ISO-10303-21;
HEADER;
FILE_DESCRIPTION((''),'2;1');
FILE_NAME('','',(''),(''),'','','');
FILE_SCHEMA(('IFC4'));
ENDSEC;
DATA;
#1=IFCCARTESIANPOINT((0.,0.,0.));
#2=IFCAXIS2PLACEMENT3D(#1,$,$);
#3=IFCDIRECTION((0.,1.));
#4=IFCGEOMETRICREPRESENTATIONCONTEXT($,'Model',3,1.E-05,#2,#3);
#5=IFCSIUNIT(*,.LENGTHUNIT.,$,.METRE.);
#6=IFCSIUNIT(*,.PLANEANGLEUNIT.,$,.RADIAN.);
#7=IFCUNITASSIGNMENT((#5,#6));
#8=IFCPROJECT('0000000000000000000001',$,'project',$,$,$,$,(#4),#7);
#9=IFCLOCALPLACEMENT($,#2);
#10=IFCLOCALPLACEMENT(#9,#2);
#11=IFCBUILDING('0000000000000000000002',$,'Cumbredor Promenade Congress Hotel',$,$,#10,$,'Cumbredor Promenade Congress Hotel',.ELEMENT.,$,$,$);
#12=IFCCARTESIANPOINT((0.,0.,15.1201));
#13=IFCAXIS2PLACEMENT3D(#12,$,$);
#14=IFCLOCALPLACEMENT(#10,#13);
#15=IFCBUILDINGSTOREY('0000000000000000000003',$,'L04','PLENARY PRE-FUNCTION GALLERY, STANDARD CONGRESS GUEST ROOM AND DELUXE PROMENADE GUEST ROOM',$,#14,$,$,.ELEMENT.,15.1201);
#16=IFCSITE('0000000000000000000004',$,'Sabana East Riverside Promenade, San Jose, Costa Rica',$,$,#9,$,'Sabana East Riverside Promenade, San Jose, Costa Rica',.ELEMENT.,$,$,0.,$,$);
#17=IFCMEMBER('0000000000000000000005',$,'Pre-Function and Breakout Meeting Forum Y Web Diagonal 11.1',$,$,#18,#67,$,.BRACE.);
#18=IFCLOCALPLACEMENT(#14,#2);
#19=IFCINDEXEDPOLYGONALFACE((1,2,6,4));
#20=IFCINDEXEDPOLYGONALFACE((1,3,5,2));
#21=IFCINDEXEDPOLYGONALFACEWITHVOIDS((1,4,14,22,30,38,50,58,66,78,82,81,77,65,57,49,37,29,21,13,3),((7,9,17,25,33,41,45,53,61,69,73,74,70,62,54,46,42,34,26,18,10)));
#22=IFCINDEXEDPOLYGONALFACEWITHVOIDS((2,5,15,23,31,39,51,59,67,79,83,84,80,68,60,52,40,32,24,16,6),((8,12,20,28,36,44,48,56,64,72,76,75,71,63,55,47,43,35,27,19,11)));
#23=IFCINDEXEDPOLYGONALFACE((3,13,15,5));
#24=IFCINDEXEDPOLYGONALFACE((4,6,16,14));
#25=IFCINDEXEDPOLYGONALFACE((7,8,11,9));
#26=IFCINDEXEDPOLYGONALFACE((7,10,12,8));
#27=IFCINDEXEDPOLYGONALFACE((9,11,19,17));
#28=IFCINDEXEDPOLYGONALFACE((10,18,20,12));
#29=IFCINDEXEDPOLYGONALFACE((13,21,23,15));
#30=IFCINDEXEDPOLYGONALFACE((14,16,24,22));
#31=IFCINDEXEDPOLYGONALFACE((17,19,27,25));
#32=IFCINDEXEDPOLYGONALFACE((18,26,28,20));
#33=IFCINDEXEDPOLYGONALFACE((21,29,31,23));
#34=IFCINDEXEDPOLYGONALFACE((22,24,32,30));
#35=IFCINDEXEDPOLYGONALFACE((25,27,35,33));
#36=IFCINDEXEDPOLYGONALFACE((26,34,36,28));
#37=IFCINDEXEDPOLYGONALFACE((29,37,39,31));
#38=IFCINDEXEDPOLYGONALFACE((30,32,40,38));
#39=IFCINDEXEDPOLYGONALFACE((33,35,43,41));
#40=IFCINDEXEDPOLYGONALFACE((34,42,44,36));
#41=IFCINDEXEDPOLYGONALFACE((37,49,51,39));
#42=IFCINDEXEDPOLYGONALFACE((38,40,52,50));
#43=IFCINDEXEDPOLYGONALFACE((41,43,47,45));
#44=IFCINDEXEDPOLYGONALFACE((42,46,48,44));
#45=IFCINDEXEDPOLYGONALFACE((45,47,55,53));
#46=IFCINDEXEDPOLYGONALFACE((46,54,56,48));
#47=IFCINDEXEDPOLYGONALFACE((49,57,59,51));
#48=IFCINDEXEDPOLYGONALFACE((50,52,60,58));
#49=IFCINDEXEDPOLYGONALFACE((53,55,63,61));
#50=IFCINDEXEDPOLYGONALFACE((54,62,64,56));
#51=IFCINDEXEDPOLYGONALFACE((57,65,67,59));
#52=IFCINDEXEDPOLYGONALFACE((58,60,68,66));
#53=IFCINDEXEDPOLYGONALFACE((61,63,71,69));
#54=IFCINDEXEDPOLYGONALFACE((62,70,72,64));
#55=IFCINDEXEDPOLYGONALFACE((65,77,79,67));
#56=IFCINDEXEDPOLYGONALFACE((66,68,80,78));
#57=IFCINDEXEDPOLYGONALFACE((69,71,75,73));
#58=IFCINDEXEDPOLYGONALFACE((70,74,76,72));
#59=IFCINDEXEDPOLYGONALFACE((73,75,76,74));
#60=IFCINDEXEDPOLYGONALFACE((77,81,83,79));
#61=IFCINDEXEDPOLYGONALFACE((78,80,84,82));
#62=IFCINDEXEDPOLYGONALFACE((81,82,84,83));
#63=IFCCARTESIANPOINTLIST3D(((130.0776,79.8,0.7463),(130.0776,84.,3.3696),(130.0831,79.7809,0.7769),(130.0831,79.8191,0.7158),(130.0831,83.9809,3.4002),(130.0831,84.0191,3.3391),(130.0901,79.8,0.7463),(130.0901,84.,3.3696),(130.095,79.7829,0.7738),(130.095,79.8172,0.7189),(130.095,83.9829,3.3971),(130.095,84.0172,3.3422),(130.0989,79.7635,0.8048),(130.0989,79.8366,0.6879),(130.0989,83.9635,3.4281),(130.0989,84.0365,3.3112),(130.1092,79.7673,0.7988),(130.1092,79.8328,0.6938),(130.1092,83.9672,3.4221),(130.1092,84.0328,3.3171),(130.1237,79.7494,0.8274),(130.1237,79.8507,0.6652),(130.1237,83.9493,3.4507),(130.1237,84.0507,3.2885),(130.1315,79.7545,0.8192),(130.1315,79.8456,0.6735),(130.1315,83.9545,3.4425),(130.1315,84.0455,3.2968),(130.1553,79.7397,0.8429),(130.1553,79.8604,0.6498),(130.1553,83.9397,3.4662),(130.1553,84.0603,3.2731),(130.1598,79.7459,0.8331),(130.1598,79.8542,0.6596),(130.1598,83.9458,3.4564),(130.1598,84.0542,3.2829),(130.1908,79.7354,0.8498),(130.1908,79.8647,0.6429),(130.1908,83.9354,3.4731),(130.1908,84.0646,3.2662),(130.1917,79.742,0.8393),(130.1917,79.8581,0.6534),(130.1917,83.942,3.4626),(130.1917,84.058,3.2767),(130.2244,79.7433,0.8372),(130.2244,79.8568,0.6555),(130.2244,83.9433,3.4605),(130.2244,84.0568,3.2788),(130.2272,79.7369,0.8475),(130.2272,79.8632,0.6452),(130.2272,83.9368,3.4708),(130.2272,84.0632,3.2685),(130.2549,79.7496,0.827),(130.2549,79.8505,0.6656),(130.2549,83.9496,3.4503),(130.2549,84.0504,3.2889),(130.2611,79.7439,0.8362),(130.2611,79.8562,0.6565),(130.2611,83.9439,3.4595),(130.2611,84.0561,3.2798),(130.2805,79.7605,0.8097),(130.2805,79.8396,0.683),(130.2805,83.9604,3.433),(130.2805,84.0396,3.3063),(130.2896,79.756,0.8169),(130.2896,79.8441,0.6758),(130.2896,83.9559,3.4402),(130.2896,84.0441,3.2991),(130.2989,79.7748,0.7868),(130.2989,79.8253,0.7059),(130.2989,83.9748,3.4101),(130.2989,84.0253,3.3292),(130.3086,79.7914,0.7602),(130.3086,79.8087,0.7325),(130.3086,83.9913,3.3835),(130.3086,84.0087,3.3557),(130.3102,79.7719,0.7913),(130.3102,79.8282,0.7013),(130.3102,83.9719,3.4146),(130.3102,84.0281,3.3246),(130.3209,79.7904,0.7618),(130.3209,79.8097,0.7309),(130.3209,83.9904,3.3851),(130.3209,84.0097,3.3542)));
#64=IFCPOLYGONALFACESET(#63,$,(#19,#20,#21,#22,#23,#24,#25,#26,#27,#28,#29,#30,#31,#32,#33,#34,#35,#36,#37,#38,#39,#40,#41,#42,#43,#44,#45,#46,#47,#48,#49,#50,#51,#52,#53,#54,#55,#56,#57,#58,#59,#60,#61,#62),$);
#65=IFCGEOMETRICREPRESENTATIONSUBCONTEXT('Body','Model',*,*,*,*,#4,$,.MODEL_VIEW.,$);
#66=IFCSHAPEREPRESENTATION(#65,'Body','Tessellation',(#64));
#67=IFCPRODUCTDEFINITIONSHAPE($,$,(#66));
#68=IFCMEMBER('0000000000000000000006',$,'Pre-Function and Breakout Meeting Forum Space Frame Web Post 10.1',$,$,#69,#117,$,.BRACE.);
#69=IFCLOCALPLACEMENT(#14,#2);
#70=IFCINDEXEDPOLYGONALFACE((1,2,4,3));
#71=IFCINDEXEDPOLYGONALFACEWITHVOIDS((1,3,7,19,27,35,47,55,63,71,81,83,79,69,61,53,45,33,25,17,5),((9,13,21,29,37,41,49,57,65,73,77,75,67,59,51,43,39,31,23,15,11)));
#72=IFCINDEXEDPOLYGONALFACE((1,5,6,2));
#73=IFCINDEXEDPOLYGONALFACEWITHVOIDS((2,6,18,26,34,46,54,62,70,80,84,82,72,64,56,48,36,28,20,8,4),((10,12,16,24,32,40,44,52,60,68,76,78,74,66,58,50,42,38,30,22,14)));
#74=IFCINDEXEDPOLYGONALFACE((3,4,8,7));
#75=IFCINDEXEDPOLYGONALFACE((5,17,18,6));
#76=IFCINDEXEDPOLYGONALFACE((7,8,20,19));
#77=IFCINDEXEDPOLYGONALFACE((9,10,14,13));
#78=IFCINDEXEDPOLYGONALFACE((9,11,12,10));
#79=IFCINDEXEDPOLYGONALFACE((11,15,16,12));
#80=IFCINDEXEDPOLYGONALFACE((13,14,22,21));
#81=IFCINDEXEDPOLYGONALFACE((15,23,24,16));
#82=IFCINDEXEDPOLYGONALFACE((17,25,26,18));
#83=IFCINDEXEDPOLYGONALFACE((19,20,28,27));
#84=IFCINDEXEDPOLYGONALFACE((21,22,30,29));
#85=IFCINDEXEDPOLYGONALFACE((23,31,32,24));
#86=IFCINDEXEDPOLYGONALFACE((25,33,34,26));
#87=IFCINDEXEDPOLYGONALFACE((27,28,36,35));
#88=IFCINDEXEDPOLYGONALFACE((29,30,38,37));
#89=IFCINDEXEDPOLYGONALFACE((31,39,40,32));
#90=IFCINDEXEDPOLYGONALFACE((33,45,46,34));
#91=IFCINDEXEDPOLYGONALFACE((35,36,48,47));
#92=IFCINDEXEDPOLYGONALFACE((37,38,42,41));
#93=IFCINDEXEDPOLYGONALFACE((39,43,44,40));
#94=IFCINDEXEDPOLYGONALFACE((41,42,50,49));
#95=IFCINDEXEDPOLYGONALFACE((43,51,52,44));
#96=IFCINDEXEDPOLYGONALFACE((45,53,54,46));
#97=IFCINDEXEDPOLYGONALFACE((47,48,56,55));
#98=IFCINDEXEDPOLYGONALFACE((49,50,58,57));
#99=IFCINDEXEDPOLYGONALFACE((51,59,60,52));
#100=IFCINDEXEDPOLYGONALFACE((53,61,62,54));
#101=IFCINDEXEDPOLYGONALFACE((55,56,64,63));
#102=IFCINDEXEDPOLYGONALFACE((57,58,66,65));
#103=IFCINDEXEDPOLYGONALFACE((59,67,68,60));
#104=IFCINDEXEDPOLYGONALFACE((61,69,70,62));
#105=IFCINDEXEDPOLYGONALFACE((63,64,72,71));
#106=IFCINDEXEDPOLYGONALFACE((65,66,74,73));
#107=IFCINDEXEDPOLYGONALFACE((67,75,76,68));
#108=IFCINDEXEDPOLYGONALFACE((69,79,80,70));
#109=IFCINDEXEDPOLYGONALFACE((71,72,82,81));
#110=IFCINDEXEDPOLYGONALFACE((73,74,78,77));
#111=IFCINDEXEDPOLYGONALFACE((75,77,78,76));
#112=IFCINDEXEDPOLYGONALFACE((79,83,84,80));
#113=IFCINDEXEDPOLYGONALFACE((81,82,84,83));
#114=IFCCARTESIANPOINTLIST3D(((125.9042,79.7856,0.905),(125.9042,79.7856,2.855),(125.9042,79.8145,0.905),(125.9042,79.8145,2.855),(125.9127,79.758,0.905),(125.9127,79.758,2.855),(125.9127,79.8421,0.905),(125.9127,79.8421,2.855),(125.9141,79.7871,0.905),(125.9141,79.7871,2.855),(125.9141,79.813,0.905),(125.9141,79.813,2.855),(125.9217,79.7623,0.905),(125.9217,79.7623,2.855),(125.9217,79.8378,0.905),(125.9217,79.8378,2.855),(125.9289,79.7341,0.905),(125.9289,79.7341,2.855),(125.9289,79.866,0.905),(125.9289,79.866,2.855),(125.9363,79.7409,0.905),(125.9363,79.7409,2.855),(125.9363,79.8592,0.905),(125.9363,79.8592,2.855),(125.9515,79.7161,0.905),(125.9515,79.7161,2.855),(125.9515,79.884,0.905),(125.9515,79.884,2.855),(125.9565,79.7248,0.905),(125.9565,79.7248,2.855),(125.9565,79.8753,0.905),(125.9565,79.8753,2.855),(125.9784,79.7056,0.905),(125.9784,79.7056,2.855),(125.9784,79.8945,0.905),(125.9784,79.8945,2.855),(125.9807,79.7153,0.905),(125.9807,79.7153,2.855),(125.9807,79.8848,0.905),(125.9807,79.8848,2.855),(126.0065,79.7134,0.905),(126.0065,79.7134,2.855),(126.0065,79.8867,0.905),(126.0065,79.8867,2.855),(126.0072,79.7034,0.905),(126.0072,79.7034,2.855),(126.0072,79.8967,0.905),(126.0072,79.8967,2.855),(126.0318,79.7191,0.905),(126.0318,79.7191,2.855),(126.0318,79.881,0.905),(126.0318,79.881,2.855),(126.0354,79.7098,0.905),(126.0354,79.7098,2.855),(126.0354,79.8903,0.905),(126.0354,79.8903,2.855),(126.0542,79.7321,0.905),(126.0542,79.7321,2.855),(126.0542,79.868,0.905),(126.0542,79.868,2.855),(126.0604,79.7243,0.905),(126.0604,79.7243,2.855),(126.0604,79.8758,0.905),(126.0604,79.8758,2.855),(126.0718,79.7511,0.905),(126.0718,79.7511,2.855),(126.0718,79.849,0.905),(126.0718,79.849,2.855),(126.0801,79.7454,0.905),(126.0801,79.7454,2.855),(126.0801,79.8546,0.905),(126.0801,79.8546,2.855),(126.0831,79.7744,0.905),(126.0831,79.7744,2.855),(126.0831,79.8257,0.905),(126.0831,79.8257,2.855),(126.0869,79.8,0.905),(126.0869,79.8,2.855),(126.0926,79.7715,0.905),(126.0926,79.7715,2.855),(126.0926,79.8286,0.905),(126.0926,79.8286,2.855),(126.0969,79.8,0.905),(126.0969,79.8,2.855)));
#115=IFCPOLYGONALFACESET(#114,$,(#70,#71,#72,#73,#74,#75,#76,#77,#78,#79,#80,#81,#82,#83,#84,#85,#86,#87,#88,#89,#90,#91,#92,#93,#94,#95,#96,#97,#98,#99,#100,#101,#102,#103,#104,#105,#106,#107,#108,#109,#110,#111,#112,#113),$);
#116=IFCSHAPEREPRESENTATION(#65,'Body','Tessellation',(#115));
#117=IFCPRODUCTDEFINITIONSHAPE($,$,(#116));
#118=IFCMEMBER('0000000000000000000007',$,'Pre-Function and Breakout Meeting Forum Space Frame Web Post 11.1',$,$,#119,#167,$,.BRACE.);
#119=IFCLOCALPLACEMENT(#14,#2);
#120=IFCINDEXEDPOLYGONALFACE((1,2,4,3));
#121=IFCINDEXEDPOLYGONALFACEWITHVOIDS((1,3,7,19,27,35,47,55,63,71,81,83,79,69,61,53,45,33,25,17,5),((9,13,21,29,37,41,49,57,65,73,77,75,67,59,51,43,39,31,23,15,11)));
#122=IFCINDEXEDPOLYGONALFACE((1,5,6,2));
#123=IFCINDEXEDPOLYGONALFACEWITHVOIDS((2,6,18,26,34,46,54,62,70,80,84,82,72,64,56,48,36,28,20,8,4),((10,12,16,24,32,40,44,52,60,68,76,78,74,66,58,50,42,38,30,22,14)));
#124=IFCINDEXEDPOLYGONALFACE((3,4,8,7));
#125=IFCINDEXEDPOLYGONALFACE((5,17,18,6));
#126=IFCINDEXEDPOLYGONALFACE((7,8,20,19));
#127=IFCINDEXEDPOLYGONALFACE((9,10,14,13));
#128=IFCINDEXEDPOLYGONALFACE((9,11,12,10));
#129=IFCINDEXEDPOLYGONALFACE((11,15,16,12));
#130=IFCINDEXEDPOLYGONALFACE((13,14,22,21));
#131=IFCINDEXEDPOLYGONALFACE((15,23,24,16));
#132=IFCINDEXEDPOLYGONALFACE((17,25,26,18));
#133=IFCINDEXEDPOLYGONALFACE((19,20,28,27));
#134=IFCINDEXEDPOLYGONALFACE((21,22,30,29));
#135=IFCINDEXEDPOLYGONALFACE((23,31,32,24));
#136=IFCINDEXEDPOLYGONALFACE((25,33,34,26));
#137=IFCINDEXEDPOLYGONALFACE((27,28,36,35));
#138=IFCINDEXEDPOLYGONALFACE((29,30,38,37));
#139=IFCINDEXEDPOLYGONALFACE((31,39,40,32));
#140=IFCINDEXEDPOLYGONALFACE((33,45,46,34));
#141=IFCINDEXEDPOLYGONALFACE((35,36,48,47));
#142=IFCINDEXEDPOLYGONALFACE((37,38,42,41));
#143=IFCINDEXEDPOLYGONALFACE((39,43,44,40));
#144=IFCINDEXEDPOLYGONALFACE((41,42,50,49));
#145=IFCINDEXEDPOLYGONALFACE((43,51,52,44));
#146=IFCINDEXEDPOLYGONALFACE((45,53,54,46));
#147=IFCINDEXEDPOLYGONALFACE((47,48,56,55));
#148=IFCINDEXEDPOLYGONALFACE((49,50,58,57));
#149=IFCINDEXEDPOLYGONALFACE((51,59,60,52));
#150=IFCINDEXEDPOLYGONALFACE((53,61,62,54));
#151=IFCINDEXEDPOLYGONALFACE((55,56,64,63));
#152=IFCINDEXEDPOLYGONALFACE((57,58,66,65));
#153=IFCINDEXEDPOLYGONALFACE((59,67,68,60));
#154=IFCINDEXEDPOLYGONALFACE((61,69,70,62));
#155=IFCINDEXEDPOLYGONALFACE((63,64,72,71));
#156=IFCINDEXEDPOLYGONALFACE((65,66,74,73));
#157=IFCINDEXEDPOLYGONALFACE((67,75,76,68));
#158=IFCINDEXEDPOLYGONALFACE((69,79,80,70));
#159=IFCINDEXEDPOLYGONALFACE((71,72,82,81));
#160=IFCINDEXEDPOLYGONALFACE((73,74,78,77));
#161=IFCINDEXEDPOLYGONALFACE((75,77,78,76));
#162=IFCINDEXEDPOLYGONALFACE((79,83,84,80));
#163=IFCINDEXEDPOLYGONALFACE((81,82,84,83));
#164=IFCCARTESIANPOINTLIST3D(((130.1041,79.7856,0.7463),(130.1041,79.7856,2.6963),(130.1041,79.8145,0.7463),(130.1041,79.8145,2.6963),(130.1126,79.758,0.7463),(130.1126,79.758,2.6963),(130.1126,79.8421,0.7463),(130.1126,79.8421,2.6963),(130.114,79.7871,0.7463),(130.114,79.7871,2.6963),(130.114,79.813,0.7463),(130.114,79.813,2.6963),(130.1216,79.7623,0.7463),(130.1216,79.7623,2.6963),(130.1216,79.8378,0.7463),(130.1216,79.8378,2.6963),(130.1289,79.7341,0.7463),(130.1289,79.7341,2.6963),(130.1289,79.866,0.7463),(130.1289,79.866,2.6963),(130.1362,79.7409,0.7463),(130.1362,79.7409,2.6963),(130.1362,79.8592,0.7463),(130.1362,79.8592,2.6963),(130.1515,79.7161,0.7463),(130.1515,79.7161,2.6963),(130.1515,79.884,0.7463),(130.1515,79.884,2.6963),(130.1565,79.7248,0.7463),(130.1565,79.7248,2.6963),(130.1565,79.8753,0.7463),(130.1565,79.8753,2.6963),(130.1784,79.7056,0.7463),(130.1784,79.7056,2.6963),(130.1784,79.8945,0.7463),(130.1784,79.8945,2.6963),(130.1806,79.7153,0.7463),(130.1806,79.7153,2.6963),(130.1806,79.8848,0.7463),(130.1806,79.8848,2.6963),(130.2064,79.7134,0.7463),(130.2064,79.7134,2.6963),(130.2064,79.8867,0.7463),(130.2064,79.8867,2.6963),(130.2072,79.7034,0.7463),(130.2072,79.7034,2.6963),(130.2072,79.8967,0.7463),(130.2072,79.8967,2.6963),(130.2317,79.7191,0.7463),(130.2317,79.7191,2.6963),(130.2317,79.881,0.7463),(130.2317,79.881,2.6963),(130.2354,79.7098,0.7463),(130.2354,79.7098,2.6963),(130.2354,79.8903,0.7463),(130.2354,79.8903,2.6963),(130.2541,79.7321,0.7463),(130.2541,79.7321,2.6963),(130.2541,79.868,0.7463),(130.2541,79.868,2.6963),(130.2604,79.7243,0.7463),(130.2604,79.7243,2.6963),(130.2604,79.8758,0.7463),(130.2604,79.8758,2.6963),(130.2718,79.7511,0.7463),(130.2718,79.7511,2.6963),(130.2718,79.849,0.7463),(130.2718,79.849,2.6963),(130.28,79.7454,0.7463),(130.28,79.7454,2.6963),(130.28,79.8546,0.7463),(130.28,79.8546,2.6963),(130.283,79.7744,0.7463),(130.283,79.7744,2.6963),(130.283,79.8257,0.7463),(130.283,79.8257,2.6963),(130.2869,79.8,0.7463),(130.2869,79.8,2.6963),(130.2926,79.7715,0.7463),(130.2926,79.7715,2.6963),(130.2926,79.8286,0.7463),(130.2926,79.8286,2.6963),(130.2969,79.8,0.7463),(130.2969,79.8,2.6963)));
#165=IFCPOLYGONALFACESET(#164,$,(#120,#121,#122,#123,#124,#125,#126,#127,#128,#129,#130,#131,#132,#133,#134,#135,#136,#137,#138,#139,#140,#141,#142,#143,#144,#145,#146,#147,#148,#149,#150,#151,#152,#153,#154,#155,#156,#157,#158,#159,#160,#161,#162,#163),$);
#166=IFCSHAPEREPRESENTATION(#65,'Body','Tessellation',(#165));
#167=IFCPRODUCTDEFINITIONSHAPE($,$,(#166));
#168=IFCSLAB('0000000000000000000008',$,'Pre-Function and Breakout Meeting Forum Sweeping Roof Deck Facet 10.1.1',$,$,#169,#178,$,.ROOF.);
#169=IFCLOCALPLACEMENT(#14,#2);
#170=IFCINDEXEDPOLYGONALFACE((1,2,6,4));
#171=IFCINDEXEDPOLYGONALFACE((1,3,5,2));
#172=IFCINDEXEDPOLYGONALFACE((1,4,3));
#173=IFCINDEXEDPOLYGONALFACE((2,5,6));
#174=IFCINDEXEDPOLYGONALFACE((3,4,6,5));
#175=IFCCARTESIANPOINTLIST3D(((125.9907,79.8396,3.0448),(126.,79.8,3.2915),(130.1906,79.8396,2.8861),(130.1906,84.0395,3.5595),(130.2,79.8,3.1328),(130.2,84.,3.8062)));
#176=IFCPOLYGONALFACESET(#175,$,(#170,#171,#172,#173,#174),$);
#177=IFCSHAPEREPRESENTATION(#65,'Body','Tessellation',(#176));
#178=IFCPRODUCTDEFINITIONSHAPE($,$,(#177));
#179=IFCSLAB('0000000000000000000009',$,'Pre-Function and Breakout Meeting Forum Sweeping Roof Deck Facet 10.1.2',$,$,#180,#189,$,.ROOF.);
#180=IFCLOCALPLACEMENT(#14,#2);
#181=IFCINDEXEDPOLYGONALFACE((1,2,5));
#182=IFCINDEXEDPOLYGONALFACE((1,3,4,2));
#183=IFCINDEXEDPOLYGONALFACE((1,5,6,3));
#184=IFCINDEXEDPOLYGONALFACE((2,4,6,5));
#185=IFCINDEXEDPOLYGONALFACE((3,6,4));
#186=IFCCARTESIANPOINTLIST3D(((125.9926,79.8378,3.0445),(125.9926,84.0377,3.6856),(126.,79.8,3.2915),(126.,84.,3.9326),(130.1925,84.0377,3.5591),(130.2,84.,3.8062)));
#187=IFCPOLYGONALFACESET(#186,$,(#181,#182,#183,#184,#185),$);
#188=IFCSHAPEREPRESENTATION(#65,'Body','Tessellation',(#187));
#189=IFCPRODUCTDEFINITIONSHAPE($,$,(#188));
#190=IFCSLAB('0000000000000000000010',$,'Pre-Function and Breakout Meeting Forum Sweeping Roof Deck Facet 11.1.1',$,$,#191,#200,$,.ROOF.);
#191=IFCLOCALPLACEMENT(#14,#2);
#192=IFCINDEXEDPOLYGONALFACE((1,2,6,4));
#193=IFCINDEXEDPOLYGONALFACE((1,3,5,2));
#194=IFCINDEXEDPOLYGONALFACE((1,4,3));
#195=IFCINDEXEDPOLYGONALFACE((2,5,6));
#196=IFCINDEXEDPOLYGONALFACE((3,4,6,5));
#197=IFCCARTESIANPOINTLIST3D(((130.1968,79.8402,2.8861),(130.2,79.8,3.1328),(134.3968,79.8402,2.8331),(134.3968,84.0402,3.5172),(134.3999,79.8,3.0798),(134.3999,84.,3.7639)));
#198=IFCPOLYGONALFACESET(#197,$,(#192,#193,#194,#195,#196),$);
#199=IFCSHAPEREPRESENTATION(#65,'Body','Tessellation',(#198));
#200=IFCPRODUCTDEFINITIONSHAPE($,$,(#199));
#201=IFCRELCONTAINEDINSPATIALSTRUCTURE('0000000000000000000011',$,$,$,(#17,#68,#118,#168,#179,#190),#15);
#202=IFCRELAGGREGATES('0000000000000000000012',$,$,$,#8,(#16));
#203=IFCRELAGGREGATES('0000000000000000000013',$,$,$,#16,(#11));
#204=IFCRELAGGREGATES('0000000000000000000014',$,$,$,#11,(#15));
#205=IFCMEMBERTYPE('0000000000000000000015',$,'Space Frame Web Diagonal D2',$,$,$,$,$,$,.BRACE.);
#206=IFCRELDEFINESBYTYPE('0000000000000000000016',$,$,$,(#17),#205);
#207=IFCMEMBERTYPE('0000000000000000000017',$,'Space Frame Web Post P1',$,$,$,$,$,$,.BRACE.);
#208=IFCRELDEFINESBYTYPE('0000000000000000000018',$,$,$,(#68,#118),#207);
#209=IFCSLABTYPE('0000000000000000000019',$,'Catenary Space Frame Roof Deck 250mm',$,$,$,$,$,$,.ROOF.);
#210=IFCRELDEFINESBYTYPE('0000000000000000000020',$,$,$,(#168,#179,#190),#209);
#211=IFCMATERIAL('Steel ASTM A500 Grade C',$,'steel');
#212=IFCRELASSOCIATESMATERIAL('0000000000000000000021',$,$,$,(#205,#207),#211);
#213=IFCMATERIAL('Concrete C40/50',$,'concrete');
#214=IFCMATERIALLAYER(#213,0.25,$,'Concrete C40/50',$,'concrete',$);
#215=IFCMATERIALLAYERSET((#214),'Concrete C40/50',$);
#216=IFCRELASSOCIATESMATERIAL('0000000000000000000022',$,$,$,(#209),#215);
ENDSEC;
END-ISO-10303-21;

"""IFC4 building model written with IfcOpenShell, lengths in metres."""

from ifc_helpers import new_model, si_unit, direction, frame, origin, origin_2d, place, context, subcontext, project, spatial, polyline, hollow_circle, outline, extrude, material, layer, layer_set, material_profile, profile_set, type_object, element, save


model = new_model("IFC4")

# Units and contexts
model_context = context("Model", 3, precision=1e-05, world=origin(), true_north=direction((0.0, 1.0)))
body_context = subcontext(model_context, "Body", "Model", "MODEL_VIEW")
ifc_project = project(units=[si_unit("LENGTHUNIT", "METRE"), si_unit("PLANEANGLEUNIT", "RADIAN")], contexts=[model_context])

# Site, building, storey
site_placement = place(None, origin())
site = spatial("IfcSite", under=ifc_project, at=site_placement, Name="Sabana East Riverside Promenade, San Jose, Costa Rica", LongName="Sabana East Riverside Promenade, San Jose, Costa Rica", CompositionType="ELEMENT", RefElevation=0.0)
building_placement = place(site_placement, origin())
building = spatial("IfcBuilding", under=site, at=building_placement, Name="Cumbredor Promenade Congress Hotel", LongName="Cumbredor Promenade Congress Hotel", CompositionType="ELEMENT")
storey_placement = place(building_placement, frame((0.0, 0.0, 15.1201)))
storey = spatial("IfcBuildingStorey", under=building, at=storey_placement, Name="L04", Description="PLENARY PRE-FUNCTION GALLERY, STANDARD CONGRESS GUEST ROOM AND DELUXE PROMENADE GUEST ROOM", CompositionType="ELEMENT", Elevation=15.1201)

# Members
ifc_material_1 = material(Name="Steel ASTM A500 Grade C", Category="steel")
ifc_material_profile_1 = material_profile(ifc_material_1, hollow_circle(Radius=0.1223, WallThickness=0.0125, at=origin_2d()), Name="CHS 244.5x12.5")
ifc_profile_set_1 = profile_set([ifc_material_profile_1], Name="Steel ASTM A500 Grade C")
member_type_1 = type_object("IfcMemberType", Name="Space Frame Web Diagonal D2", PredefinedType="BRACE", material=ifc_profile_set_1)
member_1_placement = place(storey_placement, frame((130.2, 79.8, 0.7463), z_axis=(0.0, 0.848151, 0.529755), x_axis=(-1.0, 0.0, 0.0)))
element("IfcMember", 1, at=member_1_placement, inside=storey, type_object=member_type_1, Name="Pre-Function and Breakout Meeting Forum Y Web Diagonal 11.1", PredefinedType="BRACE", context=body_context, shape_type="SweptSolid", body=[
    extrude(hollow_circle(Radius=0.1223, WallThickness=0.0125, at=origin_2d()), origin(), (0.0, 0.0, 1.0), 4.9519),
])
ifc_material_profile_2 = material_profile(ifc_material_1, hollow_circle(Radius=0.0969, WallThickness=0.01, at=origin_2d()), Name="CHS 193.7x10")
ifc_profile_set_2 = profile_set([ifc_material_profile_2], Name="Steel ASTM A500 Grade C")
member_type_2 = type_object("IfcMemberType", Name="Space Frame Web Post P1", PredefinedType="BRACE", material=ifc_profile_set_2)
for number, where, z_axis, x_axis, name in (
    (2, (126.0, 79.8, 0.905), (0.0, 0.0, 1.0), (1.0, 0.0, 0.0), "Pre-Function and Breakout Meeting Forum Space Frame Web Post 10.1"),
    (3, (130.2, 79.8, 0.7463), (0.0, 0.0, 1.0), (1.0, 0.0, 0.0), "Pre-Function and Breakout Meeting Forum Space Frame Web Post 11.1"),
):
    element("IfcMember", number, at=place(storey_placement, frame(where, z_axis=z_axis, x_axis=x_axis)), inside=storey, type_object=member_type_2, Name=name, PredefinedType="BRACE", context=body_context, shape_type="SweptSolid", body=[
        extrude(hollow_circle(Radius=0.0969, WallThickness=0.01, at=origin_2d()), origin(), (0.0, 0.0, 1.0), 1.95),
    ])

# Slabs
ifc_material_2 = material(Name="Concrete C40/50", Category="concrete")
ifc_layer_1 = layer(ifc_material_2, 0.25, Name="Concrete C40/50", Category="concrete")
ifc_layer_set_1 = layer_set([ifc_layer_1], Name="Concrete C40/50")
slab_type = type_object("IfcSlabType", Name="Catenary Space Frame Roof Deck 250mm", PredefinedType="ROOF", material=ifc_layer_set_1)
slab_1_placement = place(storey_placement, frame((126.0, 79.8, 3.2915), z_axis=(0.037282, -0.158189, 0.986705), x_axis=(0.999287, 0.0, -0.037757)))
element("IfcSlab", 4, at=slab_1_placement, inside=storey, type_object=slab_type, Name="Pre-Function and Breakout Meeting Forum Sweeping Roof Deck Facet 10.1.1", PredefinedType="ROOF", context=body_context, shape_type="SweptSolid", body=[
    extrude(outline(polyline([(0.0, 0.0), (4.2029, 0.0), (4.1775, 4.2535), (0.0, 0.0)])), origin(), (0.0, 0.0, -1.0), 0.25),
])
slab_2_placement = place(storey_placement, frame((126.0, 79.8, 3.2915), z_axis=(0.029753, -0.150833, 0.988111), x_axis=(0.704467, 0.704467, 0.086323)))
element("IfcSlab", 5, at=slab_2_placement, inside=storey, type_object=slab_type, Name="Pre-Function and Breakout Meeting Forum Sweeping Roof Deck Facet 10.1.2", PredefinedType="ROOF", context=body_context, shape_type="SweptSolid", body=[
    extrude(outline(polyline([(0.0, 0.0), (5.9619, 0.0), (3.0141, 2.9943), (0.0, 0.0)])), origin(), (0.0, 0.0, -1.0), 0.25),
])
slab_3_placement = place(storey_placement, frame((130.2, 79.8, 3.1328), z_axis=(0.012449, -0.160748, 0.986917), x_axis=(0.99992, 0.0, -0.012613)))
element("IfcSlab", 6, at=slab_3_placement, inside=storey, type_object=slab_type, Name="Pre-Function and Breakout Meeting Forum Sweeping Roof Deck Facet 11.1.1", PredefinedType="ROOF", context=body_context, shape_type="SweptSolid", body=[
    extrude(outline(polyline([(0.0, 0.0), (4.2003, 0.0), (4.1917, 4.2553), (0.0, 0.0)])), origin(), (0.0, 0.0, -1.0), 0.25),
])

save(model, "model.ifc")
